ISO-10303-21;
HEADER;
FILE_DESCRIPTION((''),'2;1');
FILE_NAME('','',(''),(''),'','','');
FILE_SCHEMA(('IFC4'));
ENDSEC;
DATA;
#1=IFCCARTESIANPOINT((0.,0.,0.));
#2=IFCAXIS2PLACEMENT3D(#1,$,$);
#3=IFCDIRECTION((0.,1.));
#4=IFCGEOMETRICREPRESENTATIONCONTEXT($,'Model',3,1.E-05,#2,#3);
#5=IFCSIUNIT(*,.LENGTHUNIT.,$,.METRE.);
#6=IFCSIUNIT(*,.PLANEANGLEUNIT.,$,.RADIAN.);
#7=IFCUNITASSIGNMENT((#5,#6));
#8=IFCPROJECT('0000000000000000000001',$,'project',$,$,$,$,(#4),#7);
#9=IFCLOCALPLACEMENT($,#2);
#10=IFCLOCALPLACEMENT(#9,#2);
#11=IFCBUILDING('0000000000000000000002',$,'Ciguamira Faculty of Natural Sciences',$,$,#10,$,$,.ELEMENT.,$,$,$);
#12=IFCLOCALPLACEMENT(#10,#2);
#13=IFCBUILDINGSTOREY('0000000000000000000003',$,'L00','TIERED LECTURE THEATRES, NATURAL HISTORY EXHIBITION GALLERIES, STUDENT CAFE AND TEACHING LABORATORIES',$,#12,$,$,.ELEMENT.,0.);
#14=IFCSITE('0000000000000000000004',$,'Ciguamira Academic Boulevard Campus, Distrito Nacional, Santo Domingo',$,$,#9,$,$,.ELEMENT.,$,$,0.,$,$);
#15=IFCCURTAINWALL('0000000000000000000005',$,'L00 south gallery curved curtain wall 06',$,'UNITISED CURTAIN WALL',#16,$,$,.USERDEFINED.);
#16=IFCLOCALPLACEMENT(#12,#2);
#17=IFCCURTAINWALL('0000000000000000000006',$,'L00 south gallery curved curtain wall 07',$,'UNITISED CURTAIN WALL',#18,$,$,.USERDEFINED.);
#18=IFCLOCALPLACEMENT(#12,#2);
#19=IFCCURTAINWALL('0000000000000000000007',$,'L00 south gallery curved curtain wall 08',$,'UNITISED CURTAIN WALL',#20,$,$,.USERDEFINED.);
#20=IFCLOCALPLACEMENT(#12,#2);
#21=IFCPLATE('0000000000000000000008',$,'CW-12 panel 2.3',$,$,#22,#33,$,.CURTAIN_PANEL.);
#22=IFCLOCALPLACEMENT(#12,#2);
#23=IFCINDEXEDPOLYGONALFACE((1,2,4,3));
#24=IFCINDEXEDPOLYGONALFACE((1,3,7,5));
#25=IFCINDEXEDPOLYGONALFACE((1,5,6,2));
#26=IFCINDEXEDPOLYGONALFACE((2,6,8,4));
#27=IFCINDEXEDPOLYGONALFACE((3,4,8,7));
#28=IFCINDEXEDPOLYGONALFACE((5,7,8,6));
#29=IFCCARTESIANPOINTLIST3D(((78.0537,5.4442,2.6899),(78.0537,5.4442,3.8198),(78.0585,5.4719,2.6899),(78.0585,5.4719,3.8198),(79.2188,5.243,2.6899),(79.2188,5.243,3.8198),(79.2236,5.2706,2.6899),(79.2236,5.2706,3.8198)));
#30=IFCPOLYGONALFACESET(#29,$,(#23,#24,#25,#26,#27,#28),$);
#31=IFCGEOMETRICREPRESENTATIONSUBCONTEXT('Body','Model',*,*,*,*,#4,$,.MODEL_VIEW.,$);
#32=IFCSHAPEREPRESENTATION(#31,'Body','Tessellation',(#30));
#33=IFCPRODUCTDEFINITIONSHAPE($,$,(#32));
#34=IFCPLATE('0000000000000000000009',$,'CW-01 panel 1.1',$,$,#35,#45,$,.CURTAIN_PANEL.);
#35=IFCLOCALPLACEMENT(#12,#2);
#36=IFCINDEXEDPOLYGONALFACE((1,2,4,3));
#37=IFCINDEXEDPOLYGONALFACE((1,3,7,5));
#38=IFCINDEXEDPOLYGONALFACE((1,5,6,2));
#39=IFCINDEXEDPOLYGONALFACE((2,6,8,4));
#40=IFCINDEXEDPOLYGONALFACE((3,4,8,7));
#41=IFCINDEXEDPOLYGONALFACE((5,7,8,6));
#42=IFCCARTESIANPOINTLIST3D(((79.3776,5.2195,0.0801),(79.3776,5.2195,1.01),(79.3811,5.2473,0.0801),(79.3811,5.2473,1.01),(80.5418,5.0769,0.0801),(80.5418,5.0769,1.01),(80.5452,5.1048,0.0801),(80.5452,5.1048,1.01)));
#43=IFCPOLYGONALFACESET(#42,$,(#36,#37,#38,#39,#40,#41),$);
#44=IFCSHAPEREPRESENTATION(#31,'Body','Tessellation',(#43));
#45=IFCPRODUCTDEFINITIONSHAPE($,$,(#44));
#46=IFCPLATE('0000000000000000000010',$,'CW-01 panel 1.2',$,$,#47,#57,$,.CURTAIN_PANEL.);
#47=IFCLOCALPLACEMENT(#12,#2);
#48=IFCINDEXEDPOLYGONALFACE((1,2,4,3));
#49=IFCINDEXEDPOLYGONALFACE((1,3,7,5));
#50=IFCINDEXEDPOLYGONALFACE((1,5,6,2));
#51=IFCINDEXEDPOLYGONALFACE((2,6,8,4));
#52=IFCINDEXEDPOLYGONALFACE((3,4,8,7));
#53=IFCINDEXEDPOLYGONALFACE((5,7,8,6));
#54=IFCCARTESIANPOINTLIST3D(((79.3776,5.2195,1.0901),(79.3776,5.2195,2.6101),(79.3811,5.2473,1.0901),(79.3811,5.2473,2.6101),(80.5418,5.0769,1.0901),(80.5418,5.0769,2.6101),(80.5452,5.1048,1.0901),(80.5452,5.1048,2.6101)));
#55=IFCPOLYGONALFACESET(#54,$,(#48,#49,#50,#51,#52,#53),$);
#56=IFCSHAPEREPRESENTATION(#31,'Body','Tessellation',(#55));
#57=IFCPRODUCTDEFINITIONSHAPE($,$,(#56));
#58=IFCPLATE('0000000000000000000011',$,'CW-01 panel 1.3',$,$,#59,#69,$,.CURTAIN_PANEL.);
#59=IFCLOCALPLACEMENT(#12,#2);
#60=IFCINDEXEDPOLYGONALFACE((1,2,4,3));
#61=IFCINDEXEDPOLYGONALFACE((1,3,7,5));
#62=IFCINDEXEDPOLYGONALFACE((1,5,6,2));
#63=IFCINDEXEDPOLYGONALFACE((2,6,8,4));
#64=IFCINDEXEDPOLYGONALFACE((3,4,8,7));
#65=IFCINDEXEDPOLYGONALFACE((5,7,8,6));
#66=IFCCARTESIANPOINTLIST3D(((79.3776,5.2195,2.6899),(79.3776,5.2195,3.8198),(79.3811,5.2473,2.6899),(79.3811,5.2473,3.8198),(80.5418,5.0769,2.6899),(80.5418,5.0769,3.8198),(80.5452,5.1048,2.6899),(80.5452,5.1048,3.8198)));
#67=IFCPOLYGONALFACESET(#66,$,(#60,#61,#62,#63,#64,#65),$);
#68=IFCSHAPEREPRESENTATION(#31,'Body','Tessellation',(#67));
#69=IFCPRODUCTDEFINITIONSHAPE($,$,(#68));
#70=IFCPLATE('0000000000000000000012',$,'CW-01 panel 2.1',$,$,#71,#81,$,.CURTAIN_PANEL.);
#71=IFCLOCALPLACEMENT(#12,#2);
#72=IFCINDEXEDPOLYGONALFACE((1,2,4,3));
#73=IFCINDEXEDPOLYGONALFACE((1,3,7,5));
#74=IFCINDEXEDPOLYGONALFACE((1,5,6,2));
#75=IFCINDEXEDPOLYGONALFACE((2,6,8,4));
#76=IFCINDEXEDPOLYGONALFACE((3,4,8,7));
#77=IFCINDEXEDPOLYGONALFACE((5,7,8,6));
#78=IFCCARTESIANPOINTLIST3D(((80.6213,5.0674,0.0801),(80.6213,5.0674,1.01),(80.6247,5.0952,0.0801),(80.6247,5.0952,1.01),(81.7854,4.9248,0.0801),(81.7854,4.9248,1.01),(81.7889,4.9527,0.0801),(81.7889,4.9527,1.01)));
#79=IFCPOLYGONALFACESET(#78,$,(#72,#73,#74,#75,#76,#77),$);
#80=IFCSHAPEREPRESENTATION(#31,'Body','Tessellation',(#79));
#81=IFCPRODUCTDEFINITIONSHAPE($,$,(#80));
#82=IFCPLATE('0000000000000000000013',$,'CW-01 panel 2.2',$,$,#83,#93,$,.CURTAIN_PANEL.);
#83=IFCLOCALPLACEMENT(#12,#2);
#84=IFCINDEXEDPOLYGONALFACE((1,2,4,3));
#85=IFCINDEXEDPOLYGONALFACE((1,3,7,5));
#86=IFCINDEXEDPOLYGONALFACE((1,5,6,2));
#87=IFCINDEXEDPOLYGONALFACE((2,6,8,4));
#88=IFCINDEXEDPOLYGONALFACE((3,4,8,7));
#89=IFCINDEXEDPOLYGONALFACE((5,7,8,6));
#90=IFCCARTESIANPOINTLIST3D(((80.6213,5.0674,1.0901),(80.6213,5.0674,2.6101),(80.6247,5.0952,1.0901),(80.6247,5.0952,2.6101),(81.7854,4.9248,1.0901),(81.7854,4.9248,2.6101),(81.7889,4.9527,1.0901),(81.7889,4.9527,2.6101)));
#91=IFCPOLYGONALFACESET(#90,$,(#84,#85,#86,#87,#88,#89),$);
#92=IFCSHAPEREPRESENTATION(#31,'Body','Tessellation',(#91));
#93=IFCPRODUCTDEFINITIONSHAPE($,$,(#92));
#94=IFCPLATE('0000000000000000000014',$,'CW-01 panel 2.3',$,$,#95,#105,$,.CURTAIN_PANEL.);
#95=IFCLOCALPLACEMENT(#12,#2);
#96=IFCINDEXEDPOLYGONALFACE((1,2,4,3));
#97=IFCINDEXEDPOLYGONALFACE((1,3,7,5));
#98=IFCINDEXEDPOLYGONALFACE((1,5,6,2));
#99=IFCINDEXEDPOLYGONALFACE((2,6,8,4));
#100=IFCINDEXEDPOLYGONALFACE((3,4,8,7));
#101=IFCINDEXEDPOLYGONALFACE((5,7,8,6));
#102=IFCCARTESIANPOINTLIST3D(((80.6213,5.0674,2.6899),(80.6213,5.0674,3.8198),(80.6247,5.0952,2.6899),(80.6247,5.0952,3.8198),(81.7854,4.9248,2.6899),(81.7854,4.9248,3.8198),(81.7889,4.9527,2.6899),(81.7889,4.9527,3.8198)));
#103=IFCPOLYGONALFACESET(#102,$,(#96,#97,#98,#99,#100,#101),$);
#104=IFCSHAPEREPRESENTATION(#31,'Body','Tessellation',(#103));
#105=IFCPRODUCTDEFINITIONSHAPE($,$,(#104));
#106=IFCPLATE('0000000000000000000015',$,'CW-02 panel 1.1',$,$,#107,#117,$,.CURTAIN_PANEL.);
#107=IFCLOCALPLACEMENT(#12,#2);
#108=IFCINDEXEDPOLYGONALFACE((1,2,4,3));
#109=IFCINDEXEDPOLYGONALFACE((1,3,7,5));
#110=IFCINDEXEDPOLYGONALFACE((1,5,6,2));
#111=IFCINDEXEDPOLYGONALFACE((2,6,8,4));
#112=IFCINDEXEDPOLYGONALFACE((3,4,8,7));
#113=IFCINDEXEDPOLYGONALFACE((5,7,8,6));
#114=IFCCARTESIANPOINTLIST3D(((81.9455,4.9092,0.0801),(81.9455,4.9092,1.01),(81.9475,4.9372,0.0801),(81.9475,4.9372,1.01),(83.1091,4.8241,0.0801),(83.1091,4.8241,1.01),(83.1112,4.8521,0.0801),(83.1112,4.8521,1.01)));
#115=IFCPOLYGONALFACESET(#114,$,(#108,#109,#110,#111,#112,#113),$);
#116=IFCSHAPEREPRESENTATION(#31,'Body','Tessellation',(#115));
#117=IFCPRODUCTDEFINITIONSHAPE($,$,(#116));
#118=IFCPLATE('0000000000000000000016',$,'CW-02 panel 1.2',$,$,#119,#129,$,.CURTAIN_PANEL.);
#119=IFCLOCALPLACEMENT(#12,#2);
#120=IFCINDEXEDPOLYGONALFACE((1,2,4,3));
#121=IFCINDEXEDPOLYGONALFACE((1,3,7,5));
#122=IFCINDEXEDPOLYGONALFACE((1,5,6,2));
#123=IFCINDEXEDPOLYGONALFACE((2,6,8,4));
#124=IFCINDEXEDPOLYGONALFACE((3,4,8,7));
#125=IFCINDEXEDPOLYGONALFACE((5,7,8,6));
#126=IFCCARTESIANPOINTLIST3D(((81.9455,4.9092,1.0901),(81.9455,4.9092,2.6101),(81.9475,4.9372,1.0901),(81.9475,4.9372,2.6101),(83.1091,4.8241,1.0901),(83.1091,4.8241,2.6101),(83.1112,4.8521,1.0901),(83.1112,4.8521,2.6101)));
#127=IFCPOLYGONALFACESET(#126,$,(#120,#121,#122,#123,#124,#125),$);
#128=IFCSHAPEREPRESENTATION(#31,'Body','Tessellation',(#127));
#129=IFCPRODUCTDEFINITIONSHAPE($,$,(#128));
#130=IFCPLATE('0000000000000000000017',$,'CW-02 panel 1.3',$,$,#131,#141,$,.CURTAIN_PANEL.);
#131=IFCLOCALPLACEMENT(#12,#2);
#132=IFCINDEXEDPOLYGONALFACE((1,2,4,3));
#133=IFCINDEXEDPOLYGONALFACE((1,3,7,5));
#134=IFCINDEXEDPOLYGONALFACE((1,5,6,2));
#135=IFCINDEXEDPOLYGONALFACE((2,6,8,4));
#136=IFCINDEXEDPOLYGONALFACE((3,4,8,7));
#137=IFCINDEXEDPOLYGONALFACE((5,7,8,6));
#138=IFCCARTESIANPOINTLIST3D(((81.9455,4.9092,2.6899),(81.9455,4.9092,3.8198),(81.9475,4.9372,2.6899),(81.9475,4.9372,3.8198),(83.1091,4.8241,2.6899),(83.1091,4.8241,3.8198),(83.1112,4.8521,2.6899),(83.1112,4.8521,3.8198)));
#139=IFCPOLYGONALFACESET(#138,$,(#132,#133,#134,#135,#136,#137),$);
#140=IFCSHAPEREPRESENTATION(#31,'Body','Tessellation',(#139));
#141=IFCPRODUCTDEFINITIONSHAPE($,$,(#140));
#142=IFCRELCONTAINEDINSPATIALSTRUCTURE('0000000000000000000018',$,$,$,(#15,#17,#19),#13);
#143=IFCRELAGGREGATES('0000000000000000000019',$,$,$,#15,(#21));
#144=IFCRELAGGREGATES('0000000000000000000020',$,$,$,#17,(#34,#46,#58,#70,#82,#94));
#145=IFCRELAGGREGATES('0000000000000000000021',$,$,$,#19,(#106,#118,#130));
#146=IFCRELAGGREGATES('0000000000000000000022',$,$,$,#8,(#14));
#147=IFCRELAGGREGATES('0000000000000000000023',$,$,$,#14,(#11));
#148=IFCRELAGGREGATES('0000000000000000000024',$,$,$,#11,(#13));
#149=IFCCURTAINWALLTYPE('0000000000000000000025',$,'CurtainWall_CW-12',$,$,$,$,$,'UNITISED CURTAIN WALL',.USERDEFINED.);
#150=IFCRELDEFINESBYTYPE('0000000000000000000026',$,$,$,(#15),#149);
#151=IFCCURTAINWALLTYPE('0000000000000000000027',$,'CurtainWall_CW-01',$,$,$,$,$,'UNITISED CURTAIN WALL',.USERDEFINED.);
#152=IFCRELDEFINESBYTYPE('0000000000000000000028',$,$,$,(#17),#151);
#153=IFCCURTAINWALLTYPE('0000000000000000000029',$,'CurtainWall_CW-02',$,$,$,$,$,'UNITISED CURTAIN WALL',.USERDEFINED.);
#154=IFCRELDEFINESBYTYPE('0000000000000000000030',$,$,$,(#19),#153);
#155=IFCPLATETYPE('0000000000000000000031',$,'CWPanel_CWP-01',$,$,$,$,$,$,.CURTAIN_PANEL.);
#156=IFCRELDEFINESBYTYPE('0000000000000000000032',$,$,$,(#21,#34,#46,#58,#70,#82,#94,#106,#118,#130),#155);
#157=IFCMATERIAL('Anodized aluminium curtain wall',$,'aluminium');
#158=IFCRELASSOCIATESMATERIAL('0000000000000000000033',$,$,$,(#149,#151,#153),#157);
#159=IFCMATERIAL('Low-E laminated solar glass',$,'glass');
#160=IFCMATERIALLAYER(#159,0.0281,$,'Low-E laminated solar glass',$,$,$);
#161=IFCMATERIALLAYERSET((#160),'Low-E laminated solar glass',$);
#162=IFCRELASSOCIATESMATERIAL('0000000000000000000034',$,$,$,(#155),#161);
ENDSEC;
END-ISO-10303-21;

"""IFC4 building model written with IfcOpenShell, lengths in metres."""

from ifc_helpers import new_model, si_unit, direction, frame, origin, origin_2d, place, context, subcontext, project, spatial, rectangle, extrude, material, layer, layer_set, type_object, element, aggregate, save


model = new_model("IFC4")

# Units and contexts
model_context = context("Model", 3, precision=1e-05, world=origin(), true_north=direction((0.0, 1.0)))
body_context = subcontext(model_context, "Body", "Model", "MODEL_VIEW")
ifc_project = project(units=[si_unit("LENGTHUNIT", "METRE"), si_unit("PLANEANGLEUNIT", "RADIAN")], contexts=[model_context])

# Site, building, storey
site_placement = place(None, origin())
site = spatial("IfcSite", under=ifc_project, at=site_placement, Name="Ciguamira Academic Boulevard Campus, Distrito Nacional, Santo Domingo", CompositionType="ELEMENT", RefElevation=0.0)
building_placement = place(site_placement, origin())
building = spatial("IfcBuilding", under=site, at=building_placement, Name="Ciguamira Faculty of Natural Sciences", CompositionType="ELEMENT")
storey_placement = place(building_placement, origin())
storey = spatial("IfcBuildingStorey", under=building, at=storey_placement, Name="L00", Description="TIERED LECTURE THEATRES, NATURAL HISTORY EXHIBITION GALLERIES, STUDENT CAFE AND TEACHING LABORATORIES", CompositionType="ELEMENT", Elevation=0.0)

# Curtain walls
ifc_material_1 = material(Name="Anodized aluminium curtain wall", Category="aluminium")
curtain_wall_type_1 = type_object("IfcCurtainWallType", Name="CurtainWall_CW-12", ElementType="UNITISED CURTAIN WALL", PredefinedType="USERDEFINED", material=ifc_material_1)
curtain_wall_1_placement = place(storey_placement, origin())
curtain_wall_1 = element("IfcCurtainWall", 1, at=curtain_wall_1_placement, inside=storey, type_object=curtain_wall_type_1, Name="L00 south gallery curved curtain wall 06", ObjectType="UNITISED CURTAIN WALL", PredefinedType="USERDEFINED")
curtain_wall_type_2 = type_object("IfcCurtainWallType", Name="CurtainWall_CW-01", ElementType="UNITISED CURTAIN WALL", PredefinedType="USERDEFINED", material=ifc_material_1)
curtain_wall_2_placement = place(storey_placement, origin())
curtain_wall_2 = element("IfcCurtainWall", 2, at=curtain_wall_2_placement, inside=storey, type_object=curtain_wall_type_2, Name="L00 south gallery curved curtain wall 07", ObjectType="UNITISED CURTAIN WALL", PredefinedType="USERDEFINED")
curtain_wall_type_3 = type_object("IfcCurtainWallType", Name="CurtainWall_CW-02", ElementType="UNITISED CURTAIN WALL", PredefinedType="USERDEFINED", material=ifc_material_1)
curtain_wall_3_placement = place(storey_placement, origin())
curtain_wall_3 = element("IfcCurtainWall", 3, at=curtain_wall_3_placement, inside=storey, type_object=curtain_wall_type_3, Name="L00 south gallery curved curtain wall 08", ObjectType="UNITISED CURTAIN WALL", PredefinedType="USERDEFINED")

# Plates
ifc_material_2 = material(Name="Low-E laminated solar glass", Category="glass")
ifc_layer = layer(ifc_material_2, 0.0281, Name="Low-E laminated solar glass")
ifc_layer_set = layer_set([ifc_layer], Name="Low-E laminated solar glass")
plate_type = type_object("IfcPlateType", Name="CWPanel_CWP-01", PredefinedType="CURTAIN_PANEL", material=ifc_layer_set)
plate_1_placement = place(storey_placement, frame((78.6387, 5.3574, 2.6899), z_axis=(0.0, 0.0, 1.0), x_axis=(0.985411, -0.170192, 0.0)))
plate_1 = element("IfcPlate", 4, at=plate_1_placement, type_object=plate_type, Name="CW-12 panel 2.3", PredefinedType="CURTAIN_PANEL", context=body_context, shape_type="SweptSolid", body=[
    extrude(rectangle(XDim=1.1824, YDim=0.0281, at=origin_2d()), origin(), (0.0, 0.0, 1.0), 1.1299),
])
aggregate(curtain_wall_1, [plate_1])
plate_2_placement = place(storey_placement, frame((79.9614, 5.1621, 0.0801), z_axis=(0.0, 0.0, 1.0), x_axis=(0.992586, -0.121545, 0.0)))
plate_2 = element("IfcPlate", 5, at=plate_2_placement, type_object=plate_type, Name="CW-01 panel 1.1", PredefinedType="CURTAIN_PANEL", context=body_context, shape_type="SweptSolid", body=[
    extrude(rectangle(XDim=1.1729, YDim=0.0281, at=origin_2d()), origin(), (0.0, 0.0, 1.0), 0.9299),
])
plate_3_placement = place(storey_placement, frame((79.9614, 5.1621, 1.0901), z_axis=(0.0, 0.0, 1.0), x_axis=(0.992586, -0.121545, 0.0)))
plate_3 = element("IfcPlate", 6, at=plate_3_placement, type_object=plate_type, Name="CW-01 panel 1.2", PredefinedType="CURTAIN_PANEL", context=body_context, shape_type="SweptSolid", body=[
    extrude(rectangle(XDim=1.1729, YDim=0.0281, at=origin_2d()), origin(), (0.0, 0.0, 1.0), 1.52),
])
plate_4_placement = place(storey_placement, frame((79.9614, 5.1621, 2.6899), z_axis=(0.0, 0.0, 1.0), x_axis=(0.992586, -0.121545, 0.0)))
plate_4 = element("IfcPlate", 7, at=plate_4_placement, type_object=plate_type, Name="CW-01 panel 1.3", PredefinedType="CURTAIN_PANEL", context=body_context, shape_type="SweptSolid", body=[
    extrude(rectangle(XDim=1.1729, YDim=0.0281, at=origin_2d()), origin(), (0.0, 0.0, 1.0), 1.1299),
])
plate_5_placement = place(storey_placement, frame((81.2051, 5.01, 0.0801), z_axis=(0.0, 0.0, 1.0), x_axis=(0.992586, -0.121545, 0.0)))
plate_5 = element("IfcPlate", 8, at=plate_5_placement, type_object=plate_type, Name="CW-01 panel 2.1", PredefinedType="CURTAIN_PANEL", context=body_context, shape_type="SweptSolid", body=[
    extrude(rectangle(XDim=1.1729, YDim=0.0281, at=origin_2d()), origin(), (0.0, 0.0, 1.0), 0.9299),
])
plate_6_placement = place(storey_placement, frame((81.2051, 5.01, 1.0901), z_axis=(0.0, 0.0, 1.0), x_axis=(0.992586, -0.121545, 0.0)))
plate_6 = element("IfcPlate", 9, at=plate_6_placement, type_object=plate_type, Name="CW-01 panel 2.2", PredefinedType="CURTAIN_PANEL", context=body_context, shape_type="SweptSolid", body=[
    extrude(rectangle(XDim=1.1729, YDim=0.0281, at=origin_2d()), origin(), (0.0, 0.0, 1.0), 1.52),
])
plate_7_placement = place(storey_placement, frame((81.2051, 5.01, 2.6899), z_axis=(0.0, 0.0, 1.0), x_axis=(0.992586, -0.121545, 0.0)))
plate_7 = element("IfcPlate", 10, at=plate_7_placement, type_object=plate_type, Name="CW-01 panel 2.3", PredefinedType="CURTAIN_PANEL", context=body_context, shape_type="SweptSolid", body=[
    extrude(rectangle(XDim=1.1729, YDim=0.0281, at=origin_2d()), origin(), (0.0, 0.0, 1.0), 1.1299),
])
aggregate(curtain_wall_2, [plate_2, plate_3, plate_4, plate_5, plate_6, plate_7])
plate_8_placement = place(storey_placement, frame((82.5283, 4.8806, 0.0801), z_axis=(0.0, 0.0, 1.0), x_axis=(0.997337, -0.072937, 0.0)))
plate_8 = element("IfcPlate", 11, at=plate_8_placement, type_object=plate_type, Name="CW-02 panel 1.1", PredefinedType="CURTAIN_PANEL", context=body_context, shape_type="SweptSolid", body=[
    extrude(rectangle(XDim=1.1667, YDim=0.0281, at=origin_2d()), origin(), (0.0, 0.0, 1.0), 0.9299),
])
plate_9_placement = place(storey_placement, frame((82.5283, 4.8806, 1.0901), z_axis=(0.0, 0.0, 1.0), x_axis=(0.997337, -0.072937, 0.0)))
plate_9 = element("IfcPlate", 12, at=plate_9_placement, type_object=plate_type, Name="CW-02 panel 1.2", PredefinedType="CURTAIN_PANEL", context=body_context, shape_type="SweptSolid", body=[
    extrude(rectangle(XDim=1.1667, YDim=0.0281, at=origin_2d()), origin(), (0.0, 0.0, 1.0), 1.52),
])
plate_10_placement = place(storey_placement, frame((82.5283, 4.8806, 2.6899), z_axis=(0.0, 0.0, 1.0), x_axis=(0.997337, -0.072937, 0.0)))
plate_10 = element("IfcPlate", 13, at=plate_10_placement, type_object=plate_type, Name="CW-02 panel 1.3", PredefinedType="CURTAIN_PANEL", context=body_context, shape_type="SweptSolid", body=[
    extrude(rectangle(XDim=1.1667, YDim=0.0281, at=origin_2d()), origin(), (0.0, 0.0, 1.0), 1.1299),
])
aggregate(curtain_wall_3, [plate_8, plate_9, plate_10])

save(model, "model.ifc")
